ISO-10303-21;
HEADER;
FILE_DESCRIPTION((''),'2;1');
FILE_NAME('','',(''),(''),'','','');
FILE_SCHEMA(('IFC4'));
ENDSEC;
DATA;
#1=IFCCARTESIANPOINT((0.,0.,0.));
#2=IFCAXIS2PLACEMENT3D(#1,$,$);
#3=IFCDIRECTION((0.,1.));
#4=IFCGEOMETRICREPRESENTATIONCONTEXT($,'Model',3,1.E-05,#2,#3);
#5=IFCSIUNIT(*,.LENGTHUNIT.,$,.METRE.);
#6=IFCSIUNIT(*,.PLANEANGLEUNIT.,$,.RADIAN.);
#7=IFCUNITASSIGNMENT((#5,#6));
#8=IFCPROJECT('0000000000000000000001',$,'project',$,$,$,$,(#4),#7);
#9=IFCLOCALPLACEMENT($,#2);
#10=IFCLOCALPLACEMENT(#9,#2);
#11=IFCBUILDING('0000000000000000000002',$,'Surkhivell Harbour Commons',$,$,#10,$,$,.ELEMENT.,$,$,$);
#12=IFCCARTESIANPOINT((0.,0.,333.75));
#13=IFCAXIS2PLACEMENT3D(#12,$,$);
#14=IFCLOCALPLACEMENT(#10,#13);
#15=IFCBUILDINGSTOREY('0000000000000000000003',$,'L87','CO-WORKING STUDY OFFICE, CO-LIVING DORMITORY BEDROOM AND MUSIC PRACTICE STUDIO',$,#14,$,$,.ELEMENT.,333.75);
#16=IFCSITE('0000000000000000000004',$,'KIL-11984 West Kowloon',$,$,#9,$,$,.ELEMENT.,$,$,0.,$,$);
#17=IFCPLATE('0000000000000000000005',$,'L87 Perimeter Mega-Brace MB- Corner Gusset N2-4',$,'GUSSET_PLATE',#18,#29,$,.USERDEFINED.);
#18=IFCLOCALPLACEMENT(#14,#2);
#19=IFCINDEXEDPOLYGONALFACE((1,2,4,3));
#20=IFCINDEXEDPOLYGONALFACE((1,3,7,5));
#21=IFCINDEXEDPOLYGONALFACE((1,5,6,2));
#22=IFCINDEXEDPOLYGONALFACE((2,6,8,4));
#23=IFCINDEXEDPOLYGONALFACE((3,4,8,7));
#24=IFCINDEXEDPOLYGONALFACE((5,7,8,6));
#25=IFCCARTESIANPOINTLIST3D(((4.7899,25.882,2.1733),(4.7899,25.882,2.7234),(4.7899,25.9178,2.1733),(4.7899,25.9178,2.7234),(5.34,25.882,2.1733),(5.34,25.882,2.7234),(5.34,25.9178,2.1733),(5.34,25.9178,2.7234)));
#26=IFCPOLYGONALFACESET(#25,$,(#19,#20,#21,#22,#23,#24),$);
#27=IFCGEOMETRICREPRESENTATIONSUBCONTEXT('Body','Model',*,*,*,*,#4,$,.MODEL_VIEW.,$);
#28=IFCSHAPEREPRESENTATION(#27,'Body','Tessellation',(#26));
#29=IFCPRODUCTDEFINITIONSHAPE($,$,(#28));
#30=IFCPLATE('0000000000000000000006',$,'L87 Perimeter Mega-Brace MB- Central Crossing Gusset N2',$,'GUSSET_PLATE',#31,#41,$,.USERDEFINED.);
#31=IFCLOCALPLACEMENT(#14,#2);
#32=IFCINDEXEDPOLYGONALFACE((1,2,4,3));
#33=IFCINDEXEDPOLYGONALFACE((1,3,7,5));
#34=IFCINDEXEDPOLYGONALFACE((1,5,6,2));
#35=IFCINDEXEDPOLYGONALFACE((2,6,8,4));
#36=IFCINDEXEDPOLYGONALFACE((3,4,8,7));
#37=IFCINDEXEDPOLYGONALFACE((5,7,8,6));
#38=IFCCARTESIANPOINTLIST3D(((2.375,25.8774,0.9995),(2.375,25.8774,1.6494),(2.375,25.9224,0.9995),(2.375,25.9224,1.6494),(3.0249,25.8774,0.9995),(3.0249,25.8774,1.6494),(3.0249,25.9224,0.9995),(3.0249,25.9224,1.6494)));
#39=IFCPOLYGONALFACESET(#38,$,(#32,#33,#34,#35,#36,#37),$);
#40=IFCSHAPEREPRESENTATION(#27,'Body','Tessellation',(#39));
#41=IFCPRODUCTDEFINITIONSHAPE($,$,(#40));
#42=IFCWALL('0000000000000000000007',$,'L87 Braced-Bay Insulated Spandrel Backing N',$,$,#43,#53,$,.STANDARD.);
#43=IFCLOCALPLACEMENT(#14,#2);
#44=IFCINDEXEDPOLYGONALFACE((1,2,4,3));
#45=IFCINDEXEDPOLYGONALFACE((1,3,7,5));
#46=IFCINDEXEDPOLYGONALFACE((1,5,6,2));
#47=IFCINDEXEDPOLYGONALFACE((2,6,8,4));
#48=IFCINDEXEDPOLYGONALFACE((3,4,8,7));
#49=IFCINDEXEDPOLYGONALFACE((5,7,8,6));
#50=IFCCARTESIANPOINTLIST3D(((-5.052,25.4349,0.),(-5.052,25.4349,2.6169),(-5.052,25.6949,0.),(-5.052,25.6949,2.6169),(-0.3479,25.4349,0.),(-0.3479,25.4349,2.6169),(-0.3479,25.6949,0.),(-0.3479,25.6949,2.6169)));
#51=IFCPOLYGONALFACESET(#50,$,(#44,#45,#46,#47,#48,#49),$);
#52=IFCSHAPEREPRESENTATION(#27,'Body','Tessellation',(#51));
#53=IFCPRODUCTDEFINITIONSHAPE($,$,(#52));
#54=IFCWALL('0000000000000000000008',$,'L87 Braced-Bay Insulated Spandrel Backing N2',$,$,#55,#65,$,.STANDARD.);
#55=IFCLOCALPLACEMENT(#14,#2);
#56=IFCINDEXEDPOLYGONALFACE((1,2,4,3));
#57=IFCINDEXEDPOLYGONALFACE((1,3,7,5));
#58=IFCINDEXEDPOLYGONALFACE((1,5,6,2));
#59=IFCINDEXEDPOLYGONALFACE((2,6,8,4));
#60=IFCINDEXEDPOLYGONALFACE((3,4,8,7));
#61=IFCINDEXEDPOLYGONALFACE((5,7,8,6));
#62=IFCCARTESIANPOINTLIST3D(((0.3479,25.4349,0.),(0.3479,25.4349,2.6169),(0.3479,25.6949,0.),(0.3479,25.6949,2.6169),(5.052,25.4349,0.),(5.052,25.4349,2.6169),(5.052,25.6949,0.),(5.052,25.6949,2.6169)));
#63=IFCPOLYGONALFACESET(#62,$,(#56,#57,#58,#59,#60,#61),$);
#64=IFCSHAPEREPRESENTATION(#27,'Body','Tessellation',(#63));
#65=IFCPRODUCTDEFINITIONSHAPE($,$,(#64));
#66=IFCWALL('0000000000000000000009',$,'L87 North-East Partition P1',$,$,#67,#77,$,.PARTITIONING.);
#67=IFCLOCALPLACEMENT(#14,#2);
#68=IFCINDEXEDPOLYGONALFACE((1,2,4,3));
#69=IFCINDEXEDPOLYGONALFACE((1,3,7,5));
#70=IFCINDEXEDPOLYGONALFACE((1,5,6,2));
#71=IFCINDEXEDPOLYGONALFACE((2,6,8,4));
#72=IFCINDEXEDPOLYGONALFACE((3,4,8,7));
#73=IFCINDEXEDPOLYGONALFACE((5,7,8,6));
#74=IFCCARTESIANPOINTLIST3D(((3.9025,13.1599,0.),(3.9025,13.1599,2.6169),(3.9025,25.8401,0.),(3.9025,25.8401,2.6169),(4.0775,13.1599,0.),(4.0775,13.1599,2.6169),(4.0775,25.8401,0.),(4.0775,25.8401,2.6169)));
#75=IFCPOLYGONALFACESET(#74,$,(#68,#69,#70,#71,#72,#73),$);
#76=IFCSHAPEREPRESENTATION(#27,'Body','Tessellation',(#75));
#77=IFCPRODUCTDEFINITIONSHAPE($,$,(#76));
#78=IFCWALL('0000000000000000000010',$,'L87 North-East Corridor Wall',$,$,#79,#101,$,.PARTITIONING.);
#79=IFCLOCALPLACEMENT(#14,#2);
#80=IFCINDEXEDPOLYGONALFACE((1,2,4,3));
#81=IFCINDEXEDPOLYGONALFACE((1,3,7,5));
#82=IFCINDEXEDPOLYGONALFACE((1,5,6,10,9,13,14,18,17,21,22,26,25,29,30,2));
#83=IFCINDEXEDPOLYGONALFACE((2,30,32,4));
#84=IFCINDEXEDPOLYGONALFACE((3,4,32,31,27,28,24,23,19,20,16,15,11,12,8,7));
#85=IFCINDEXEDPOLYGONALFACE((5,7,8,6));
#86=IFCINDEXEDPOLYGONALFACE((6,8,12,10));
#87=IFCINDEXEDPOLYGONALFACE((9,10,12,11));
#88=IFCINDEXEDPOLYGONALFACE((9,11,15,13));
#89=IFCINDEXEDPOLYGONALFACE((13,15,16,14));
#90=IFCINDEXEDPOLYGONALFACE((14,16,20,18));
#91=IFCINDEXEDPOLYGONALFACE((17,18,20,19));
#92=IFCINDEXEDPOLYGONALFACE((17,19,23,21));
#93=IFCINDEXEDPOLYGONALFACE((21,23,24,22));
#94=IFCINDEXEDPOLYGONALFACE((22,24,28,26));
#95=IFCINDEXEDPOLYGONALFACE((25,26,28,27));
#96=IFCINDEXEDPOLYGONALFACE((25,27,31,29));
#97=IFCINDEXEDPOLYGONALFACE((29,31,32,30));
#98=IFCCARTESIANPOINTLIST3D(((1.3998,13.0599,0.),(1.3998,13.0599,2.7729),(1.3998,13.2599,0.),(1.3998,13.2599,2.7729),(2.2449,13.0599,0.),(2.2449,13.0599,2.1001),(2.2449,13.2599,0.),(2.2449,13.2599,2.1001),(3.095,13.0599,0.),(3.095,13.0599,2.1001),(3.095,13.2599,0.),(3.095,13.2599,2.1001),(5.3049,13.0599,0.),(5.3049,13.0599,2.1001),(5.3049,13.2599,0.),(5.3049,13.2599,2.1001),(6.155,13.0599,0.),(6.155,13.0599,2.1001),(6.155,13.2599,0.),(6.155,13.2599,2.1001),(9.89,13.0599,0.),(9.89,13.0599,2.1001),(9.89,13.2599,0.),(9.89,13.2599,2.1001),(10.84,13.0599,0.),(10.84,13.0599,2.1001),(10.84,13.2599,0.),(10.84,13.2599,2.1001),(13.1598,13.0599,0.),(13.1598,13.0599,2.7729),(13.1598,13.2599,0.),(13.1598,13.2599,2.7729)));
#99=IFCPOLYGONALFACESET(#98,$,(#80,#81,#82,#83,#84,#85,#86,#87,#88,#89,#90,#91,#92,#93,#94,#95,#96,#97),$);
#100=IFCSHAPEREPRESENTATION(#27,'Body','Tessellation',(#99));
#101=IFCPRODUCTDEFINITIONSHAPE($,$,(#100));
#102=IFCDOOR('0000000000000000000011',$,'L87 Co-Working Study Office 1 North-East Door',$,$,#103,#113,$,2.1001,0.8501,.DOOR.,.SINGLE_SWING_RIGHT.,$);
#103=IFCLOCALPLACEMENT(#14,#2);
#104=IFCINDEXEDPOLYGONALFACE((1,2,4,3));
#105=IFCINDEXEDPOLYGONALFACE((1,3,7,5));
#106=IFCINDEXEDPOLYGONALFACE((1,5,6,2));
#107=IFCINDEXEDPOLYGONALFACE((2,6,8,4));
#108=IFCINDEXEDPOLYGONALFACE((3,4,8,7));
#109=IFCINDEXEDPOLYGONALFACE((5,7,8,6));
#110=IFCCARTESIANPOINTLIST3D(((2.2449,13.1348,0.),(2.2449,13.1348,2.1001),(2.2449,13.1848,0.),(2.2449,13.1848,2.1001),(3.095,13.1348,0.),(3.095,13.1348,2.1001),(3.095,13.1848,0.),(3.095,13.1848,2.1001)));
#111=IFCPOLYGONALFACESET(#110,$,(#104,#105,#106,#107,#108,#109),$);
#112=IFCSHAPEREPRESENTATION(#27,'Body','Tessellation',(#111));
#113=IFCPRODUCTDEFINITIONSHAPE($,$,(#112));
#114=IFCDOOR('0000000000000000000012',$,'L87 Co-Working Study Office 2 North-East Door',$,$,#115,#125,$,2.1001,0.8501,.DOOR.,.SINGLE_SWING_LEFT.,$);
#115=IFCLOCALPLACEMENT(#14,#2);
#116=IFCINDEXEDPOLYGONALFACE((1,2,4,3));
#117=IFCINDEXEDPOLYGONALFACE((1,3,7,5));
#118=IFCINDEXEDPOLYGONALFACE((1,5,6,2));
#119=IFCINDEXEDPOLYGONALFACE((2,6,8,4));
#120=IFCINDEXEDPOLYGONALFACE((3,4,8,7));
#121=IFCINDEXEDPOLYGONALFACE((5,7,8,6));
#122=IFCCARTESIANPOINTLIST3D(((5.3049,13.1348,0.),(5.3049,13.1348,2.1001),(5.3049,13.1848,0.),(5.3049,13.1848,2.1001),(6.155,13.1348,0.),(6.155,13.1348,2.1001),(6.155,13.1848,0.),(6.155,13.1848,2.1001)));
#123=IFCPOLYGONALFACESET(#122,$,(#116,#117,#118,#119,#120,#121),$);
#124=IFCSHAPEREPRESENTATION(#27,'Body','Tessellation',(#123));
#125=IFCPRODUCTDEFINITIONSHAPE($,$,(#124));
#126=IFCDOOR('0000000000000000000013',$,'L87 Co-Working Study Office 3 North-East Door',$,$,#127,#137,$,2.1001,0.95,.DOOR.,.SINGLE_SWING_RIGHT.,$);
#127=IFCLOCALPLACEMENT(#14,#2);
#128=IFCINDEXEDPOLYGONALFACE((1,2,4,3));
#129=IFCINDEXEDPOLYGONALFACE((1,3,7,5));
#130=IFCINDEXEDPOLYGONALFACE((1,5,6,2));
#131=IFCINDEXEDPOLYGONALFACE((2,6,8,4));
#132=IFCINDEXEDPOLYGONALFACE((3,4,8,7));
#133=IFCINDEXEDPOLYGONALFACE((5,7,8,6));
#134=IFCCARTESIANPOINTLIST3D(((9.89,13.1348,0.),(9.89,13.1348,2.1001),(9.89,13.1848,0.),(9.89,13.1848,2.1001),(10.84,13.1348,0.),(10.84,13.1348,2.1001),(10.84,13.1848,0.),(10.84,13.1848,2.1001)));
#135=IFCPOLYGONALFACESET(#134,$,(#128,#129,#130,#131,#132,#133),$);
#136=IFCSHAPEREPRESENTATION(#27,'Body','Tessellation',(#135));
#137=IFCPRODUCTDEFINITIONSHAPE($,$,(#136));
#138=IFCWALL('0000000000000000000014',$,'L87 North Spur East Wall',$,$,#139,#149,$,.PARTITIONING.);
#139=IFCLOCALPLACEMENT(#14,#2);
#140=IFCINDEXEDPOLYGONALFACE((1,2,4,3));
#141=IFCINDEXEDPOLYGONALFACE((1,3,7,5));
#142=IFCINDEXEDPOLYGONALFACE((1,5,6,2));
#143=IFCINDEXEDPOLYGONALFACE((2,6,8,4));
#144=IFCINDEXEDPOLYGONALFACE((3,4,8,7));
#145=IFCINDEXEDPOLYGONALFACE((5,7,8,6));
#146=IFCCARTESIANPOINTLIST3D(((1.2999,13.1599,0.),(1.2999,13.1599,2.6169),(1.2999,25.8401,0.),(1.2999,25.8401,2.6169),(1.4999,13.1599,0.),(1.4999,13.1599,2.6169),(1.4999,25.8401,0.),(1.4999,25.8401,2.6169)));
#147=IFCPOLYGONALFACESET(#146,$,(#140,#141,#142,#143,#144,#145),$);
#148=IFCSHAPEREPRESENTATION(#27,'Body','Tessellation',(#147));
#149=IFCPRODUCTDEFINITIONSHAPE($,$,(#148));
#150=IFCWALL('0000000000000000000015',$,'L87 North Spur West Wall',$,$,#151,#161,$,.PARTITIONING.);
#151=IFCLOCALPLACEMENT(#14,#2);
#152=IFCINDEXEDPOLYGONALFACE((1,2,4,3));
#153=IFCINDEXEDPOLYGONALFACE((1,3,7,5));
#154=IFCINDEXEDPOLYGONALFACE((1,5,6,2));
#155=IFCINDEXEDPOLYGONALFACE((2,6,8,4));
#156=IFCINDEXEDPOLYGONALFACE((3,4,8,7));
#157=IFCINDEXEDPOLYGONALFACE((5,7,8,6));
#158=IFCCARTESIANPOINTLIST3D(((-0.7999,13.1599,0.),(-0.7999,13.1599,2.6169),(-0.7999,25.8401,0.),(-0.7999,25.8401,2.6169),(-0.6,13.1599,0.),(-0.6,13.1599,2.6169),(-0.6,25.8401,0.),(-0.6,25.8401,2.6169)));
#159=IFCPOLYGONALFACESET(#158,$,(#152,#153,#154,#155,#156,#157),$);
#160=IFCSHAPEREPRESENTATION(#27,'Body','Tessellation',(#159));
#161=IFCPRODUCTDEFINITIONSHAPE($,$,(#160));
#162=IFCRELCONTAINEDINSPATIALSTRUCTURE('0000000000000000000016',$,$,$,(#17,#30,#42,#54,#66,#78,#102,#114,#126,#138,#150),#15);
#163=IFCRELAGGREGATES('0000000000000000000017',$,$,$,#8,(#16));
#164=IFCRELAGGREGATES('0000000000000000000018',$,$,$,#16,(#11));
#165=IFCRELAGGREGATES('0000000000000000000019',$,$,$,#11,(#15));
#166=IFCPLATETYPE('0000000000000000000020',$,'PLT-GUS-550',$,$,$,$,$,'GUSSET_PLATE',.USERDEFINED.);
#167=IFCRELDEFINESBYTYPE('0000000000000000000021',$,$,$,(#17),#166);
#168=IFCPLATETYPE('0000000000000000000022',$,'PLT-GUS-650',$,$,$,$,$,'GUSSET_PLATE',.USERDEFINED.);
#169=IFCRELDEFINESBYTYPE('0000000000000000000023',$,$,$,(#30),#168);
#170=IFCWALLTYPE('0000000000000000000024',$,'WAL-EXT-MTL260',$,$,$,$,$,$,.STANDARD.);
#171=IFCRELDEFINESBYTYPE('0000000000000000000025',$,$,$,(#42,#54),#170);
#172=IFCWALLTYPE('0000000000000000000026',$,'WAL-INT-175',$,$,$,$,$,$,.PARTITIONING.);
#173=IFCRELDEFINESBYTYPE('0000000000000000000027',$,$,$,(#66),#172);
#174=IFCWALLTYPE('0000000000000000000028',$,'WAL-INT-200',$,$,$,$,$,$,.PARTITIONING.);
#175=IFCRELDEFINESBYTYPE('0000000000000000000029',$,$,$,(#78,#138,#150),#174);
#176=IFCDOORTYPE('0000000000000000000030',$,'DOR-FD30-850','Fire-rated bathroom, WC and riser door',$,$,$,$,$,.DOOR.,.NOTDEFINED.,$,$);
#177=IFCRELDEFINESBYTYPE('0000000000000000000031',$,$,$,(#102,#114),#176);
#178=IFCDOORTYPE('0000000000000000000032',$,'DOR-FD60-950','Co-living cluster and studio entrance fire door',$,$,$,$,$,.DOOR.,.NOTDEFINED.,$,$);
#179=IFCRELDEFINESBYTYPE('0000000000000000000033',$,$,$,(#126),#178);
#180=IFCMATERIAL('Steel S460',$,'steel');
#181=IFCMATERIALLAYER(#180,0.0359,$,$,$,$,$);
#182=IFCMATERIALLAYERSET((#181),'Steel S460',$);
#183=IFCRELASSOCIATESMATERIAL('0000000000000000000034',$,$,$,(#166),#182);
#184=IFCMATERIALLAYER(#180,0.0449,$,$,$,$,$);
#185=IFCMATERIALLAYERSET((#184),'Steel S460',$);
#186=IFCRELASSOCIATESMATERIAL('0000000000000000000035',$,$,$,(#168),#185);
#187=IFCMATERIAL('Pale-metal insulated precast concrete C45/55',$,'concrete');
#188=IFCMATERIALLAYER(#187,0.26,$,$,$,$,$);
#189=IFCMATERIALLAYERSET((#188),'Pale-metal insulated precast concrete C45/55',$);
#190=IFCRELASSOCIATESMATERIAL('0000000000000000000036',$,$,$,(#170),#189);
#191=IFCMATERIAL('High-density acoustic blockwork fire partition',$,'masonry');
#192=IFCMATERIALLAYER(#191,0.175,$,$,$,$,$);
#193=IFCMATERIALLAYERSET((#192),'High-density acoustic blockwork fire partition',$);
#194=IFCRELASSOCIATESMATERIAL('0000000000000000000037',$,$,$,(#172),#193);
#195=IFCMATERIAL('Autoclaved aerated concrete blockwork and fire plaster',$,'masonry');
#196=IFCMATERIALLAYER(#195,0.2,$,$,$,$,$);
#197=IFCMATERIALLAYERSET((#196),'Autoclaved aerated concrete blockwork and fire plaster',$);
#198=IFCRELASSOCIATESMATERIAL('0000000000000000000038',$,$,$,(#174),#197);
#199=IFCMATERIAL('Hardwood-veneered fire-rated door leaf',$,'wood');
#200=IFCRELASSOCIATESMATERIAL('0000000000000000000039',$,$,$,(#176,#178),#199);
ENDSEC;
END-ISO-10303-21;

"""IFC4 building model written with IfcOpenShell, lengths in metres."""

from ifc_helpers import new_model, si_unit, direction, frame, frame_2d, origin, origin_2d, place, context, subcontext, project, spatial, rectangle, extrude, material, layer, layer_set, type_object, element, fill, save


model = new_model("IFC4")

# Units and contexts
model_context = context("Model", 3, precision=1e-05, world=origin(), true_north=direction((0.0, 1.0)))
body_context = subcontext(model_context, "Body", "Model", "MODEL_VIEW")
ifc_project = project(units=[si_unit("LENGTHUNIT", "METRE"), si_unit("PLANEANGLEUNIT", "RADIAN")], contexts=[model_context])

# Site, building, storey
site_placement = place(None, origin())
site = spatial("IfcSite", under=ifc_project, at=site_placement, Name="KIL-11984 West Kowloon", CompositionType="ELEMENT", RefElevation=0.0)
building_placement = place(site_placement, origin())
building = spatial("IfcBuilding", under=site, at=building_placement, Name="Surkhivell Harbour Commons", CompositionType="ELEMENT")
storey_placement = place(building_placement, frame((0.0, 0.0, 333.75)))
storey = spatial("IfcBuildingStorey", under=building, at=storey_placement, Name="L87", Description="CO-WORKING STUDY OFFICE, CO-LIVING DORMITORY BEDROOM AND MUSIC PRACTICE STUDIO", CompositionType="ELEMENT", Elevation=333.75)

# Plates
ifc_material_1 = material(Name="Steel S460", Category="steel")
ifc_layer_1 = layer(ifc_material_1, 0.0359)
ifc_layer_set_1 = layer_set([ifc_layer_1], Name="Steel S460")
plate_type_1 = type_object("IfcPlateType", Name="PLT-GUS-550", ElementType="GUSSET_PLATE", PredefinedType="USERDEFINED", material=ifc_layer_set_1)
for number, where, z_axis, x_axis, name in (
    (1, (5.0649, 25.8999, 2.1733), (0.0, 0.0, 1.0), (1.0, 0.0, 0.0), "L87 Perimeter Mega-Brace MB- Corner Gusset N2-4"),
):
    element("IfcPlate", number, at=place(storey_placement, frame(where, z_axis=z_axis, x_axis=x_axis)), inside=storey, type_object=plate_type_1, Name=name, ObjectType="GUSSET_PLATE", PredefinedType="USERDEFINED", context=body_context, shape_type="SweptSolid", body=[
        extrude(rectangle(XDim=0.55, YDim=0.0359, at=origin_2d()), origin(), (0.0, 0.0, 1.0), 0.55),
    ])
ifc_layer_2 = layer(ifc_material_1, 0.0449)
ifc_layer_set_2 = layer_set([ifc_layer_2], Name="Steel S460")
plate_type_2 = type_object("IfcPlateType", Name="PLT-GUS-650", ElementType="GUSSET_PLATE", PredefinedType="USERDEFINED", material=ifc_layer_set_2)
plate_placement = place(storey_placement, frame((2.7, 25.8999, 0.9995), z_axis=(0.0, 0.0, 1.0), x_axis=(1.0, 0.0, 0.0)))
element("IfcPlate", 2, at=plate_placement, inside=storey, type_object=plate_type_2, Name="L87 Perimeter Mega-Brace MB- Central Crossing Gusset N2", ObjectType="GUSSET_PLATE", PredefinedType="USERDEFINED", context=body_context, shape_type="SweptSolid", body=[
    extrude(rectangle(XDim=0.6499, YDim=0.0449, at=origin_2d()), origin(), (0.0, 0.0, 1.0), 0.6499),
])

# Walls
ifc_material_2 = material(Name="Pale-metal insulated precast concrete C45/55", Category="concrete")
ifc_layer_3 = layer(ifc_material_2, 0.26)
ifc_layer_set_3 = layer_set([ifc_layer_3], Name="Pale-metal insulated precast concrete C45/55")
wall_type_1 = type_object("IfcWallType", Name="WAL-EXT-MTL260", PredefinedType="STANDARD", material=ifc_layer_set_3)
for number, where, z_axis, x_axis, name in (
    (3, (-0.3479, 25.5649, 0.0), (0.0, 0.0, 1.0), (-1.0, 0.0, 0.0), "L87 Braced-Bay Insulated Spandrel Backing N"),
    (4, (5.052, 25.5649, 0.0), (0.0, 0.0, 1.0), (-1.0, 0.0, 0.0), "L87 Braced-Bay Insulated Spandrel Backing N2"),
):
    element("IfcWall", number, at=place(storey_placement, frame(where, z_axis=z_axis, x_axis=x_axis)), inside=storey, type_object=wall_type_1, Name=name, PredefinedType="STANDARD", context=body_context, shape_type="SweptSolid", body=[
        extrude(rectangle(XDim=4.7041, YDim=0.26, at=frame_2d((2.3521, 0.0))), origin(), (0.0, 0.0, 1.0), 2.6169),
    ])
ifc_material_3 = material(Name="High-density acoustic blockwork fire partition", Category="masonry")
ifc_layer_4 = layer(ifc_material_3, 0.175)
ifc_layer_set_4 = layer_set([ifc_layer_4], Name="High-density acoustic blockwork fire partition")
wall_type_2 = type_object("IfcWallType", Name="WAL-INT-175", PredefinedType="PARTITIONING", material=ifc_layer_set_4)
wall_1_placement = place(storey_placement, frame((3.99, 13.1599, 0.0), z_axis=(0.0, 0.0, 1.0), x_axis=(0.0, 1.0, 0.0)))
element("IfcWall", 5, at=wall_1_placement, inside=storey, type_object=wall_type_2, Name="L87 North-East Partition P1", PredefinedType="PARTITIONING", context=body_context, shape_type="SweptSolid", body=[
    extrude(rectangle(XDim=12.6802, YDim=0.175, at=frame_2d((6.3401, 0.0))), origin(), (0.0, 0.0, 1.0), 2.6169),
])

# Wall, openings, doors
ifc_material_4 = material(Name="Autoclaved aerated concrete blockwork and fire plaster", Category="masonry")
ifc_layer_5 = layer(ifc_material_4, 0.2)
ifc_layer_set_5 = layer_set([ifc_layer_5], Name="Autoclaved aerated concrete blockwork and fire plaster")
wall_type_3 = type_object("IfcWallType", Name="WAL-INT-200", PredefinedType="PARTITIONING", material=ifc_layer_set_5)
wall_2_placement = place(storey_placement, frame((1.3999, 13.1599, 0.0), z_axis=(0.0, 0.0, 1.0), x_axis=(1.0, 0.0, 0.0)))
wall_2 = element("IfcWall", 6, at=wall_2_placement, inside=storey, type_object=wall_type_3, Name="L87 North-East Corridor Wall", PredefinedType="PARTITIONING", context=body_context, shape_type="SweptSolid", body=[
    extrude(rectangle(XDim=11.76, YDim=0.2, at=frame_2d((5.8799, 0.0))), origin(), (0.0, 0.0, 1.0), 2.7729),
])
opening_1_placement = place(wall_2_placement, frame((0.845, 0.0, 0.0)))
opening_1 = element("IfcOpeningElement", 7, at=opening_1_placement, cuts=wall_2, PredefinedType="OPENING", context=body_context, shape_type="SweptSolid", body=[
    extrude(rectangle(XDim=0.8501, YDim=2.1001, at=frame_2d((0.425, 1.05))), frame((0.0, 0.1099, 0.0), z_axis=(0.0, -1.0, 0.0), x_axis=(1.0, 0.0, 0.0)), (0.0, 0.0, 1.0), 0.22),
])
opening_2_placement = place(wall_2_placement, frame((3.905, 0.0, 0.0)))
opening_2 = element("IfcOpeningElement", 8, at=opening_2_placement, cuts=wall_2, PredefinedType="OPENING", context=body_context, shape_type="SweptSolid", body=[
    extrude(rectangle(XDim=0.8501, YDim=2.1001, at=frame_2d((0.425, 1.05))), frame((0.0, 0.1099, 0.0), z_axis=(0.0, -1.0, 0.0), x_axis=(1.0, 0.0, 0.0)), (0.0, 0.0, 1.0), 0.22),
])
opening_3_placement = place(wall_2_placement, frame((8.49, 0.0, 0.0)))
opening_3 = element("IfcOpeningElement", 9, at=opening_3_placement, cuts=wall_2, PredefinedType="OPENING", context=body_context, shape_type="SweptSolid", body=[
    extrude(rectangle(XDim=0.95, YDim=2.1001, at=frame_2d((0.4751, 1.05))), frame((0.0, 0.1099, 0.0), z_axis=(0.0, -1.0, 0.0), x_axis=(1.0, 0.0, 0.0)), (0.0, 0.0, 1.0), 0.22),
])
ifc_material_5 = material(Name="Hardwood-veneered fire-rated door leaf", Category="wood")
door_type_1 = type_object("IfcDoorType", Name="DOR-FD30-850", Description="Fire-rated bathroom, WC and riser door", OperationType="NOTDEFINED", PredefinedType="DOOR", material=ifc_material_5)
door_1_placement = place(opening_1_placement, origin())
door_1 = element("IfcDoor", 10, at=door_1_placement, inside=storey, type_object=door_type_1, Name="L87 Co-Working Study Office 1 North-East Door", OperationType="SINGLE_SWING_RIGHT", OverallHeight=2.1001, OverallWidth=0.8501, PredefinedType="DOOR", context=body_context, shape_type="SweptSolid", body=[
    extrude(rectangle(XDim=0.8501, YDim=2.1001, at=frame_2d((0.425, 1.05))), frame((0.0, 0.0249, 0.0), z_axis=(0.0, -1.0, 0.0), x_axis=(1.0, 0.0, 0.0)), (0.0, 0.0, 1.0), 0.05),
])
fill(opening_1, door_1)
door_2_placement = place(opening_2_placement, origin())
door_2 = element("IfcDoor", 11, at=door_2_placement, inside=storey, type_object=door_type_1, Name="L87 Co-Working Study Office 2 North-East Door", OperationType="SINGLE_SWING_LEFT", OverallHeight=2.1001, OverallWidth=0.8501, PredefinedType="DOOR", context=body_context, shape_type="SweptSolid", body=[
    extrude(rectangle(XDim=0.8501, YDim=2.1001, at=frame_2d((0.425, 1.05))), frame((0.0, 0.0249, 0.0), z_axis=(0.0, -1.0, 0.0), x_axis=(1.0, 0.0, 0.0)), (0.0, 0.0, 1.0), 0.05),
])
fill(opening_2, door_2)
door_type_2 = type_object("IfcDoorType", Name="DOR-FD60-950", Description="Co-living cluster and studio entrance fire door", OperationType="NOTDEFINED", PredefinedType="DOOR", material=ifc_material_5)
door_3_placement = place(opening_3_placement, origin())
door_3 = element("IfcDoor", 12, at=door_3_placement, inside=storey, type_object=door_type_2, Name="L87 Co-Working Study Office 3 North-East Door", OperationType="SINGLE_SWING_RIGHT", OverallHeight=2.1001, OverallWidth=0.95, PredefinedType="DOOR", context=body_context, shape_type="SweptSolid", body=[
    extrude(rectangle(XDim=0.95, YDim=2.1001, at=frame_2d((0.4751, 1.05))), frame((0.0, 0.0249, 0.0), z_axis=(0.0, -1.0, 0.0), x_axis=(1.0, 0.0, 0.0)), (0.0, 0.0, 1.0), 0.05),
])
fill(opening_3, door_3)

# Walls
for number, where, z_axis, x_axis, name in (
    (13, (1.3999, 13.1599, 0.0), (0.0, 0.0, 1.0), (0.0, 1.0, 0.0), "L87 North Spur East Wall"),
    (14, (-0.7, 13.1599, 0.0), (0.0, 0.0, 1.0), (0.0, 1.0, 0.0), "L87 North Spur West Wall"),
):
    element("IfcWall", number, at=place(storey_placement, frame(where, z_axis=z_axis, x_axis=x_axis)), inside=storey, type_object=wall_type_3, Name=name, PredefinedType="PARTITIONING", context=body_context, shape_type="SweptSolid", body=[
        extrude(rectangle(XDim=12.6802, YDim=0.2, at=frame_2d((6.3401, 0.0))), origin(), (0.0, 0.0, 1.0), 2.6169),
    ])

save(model, "model.ifc")
